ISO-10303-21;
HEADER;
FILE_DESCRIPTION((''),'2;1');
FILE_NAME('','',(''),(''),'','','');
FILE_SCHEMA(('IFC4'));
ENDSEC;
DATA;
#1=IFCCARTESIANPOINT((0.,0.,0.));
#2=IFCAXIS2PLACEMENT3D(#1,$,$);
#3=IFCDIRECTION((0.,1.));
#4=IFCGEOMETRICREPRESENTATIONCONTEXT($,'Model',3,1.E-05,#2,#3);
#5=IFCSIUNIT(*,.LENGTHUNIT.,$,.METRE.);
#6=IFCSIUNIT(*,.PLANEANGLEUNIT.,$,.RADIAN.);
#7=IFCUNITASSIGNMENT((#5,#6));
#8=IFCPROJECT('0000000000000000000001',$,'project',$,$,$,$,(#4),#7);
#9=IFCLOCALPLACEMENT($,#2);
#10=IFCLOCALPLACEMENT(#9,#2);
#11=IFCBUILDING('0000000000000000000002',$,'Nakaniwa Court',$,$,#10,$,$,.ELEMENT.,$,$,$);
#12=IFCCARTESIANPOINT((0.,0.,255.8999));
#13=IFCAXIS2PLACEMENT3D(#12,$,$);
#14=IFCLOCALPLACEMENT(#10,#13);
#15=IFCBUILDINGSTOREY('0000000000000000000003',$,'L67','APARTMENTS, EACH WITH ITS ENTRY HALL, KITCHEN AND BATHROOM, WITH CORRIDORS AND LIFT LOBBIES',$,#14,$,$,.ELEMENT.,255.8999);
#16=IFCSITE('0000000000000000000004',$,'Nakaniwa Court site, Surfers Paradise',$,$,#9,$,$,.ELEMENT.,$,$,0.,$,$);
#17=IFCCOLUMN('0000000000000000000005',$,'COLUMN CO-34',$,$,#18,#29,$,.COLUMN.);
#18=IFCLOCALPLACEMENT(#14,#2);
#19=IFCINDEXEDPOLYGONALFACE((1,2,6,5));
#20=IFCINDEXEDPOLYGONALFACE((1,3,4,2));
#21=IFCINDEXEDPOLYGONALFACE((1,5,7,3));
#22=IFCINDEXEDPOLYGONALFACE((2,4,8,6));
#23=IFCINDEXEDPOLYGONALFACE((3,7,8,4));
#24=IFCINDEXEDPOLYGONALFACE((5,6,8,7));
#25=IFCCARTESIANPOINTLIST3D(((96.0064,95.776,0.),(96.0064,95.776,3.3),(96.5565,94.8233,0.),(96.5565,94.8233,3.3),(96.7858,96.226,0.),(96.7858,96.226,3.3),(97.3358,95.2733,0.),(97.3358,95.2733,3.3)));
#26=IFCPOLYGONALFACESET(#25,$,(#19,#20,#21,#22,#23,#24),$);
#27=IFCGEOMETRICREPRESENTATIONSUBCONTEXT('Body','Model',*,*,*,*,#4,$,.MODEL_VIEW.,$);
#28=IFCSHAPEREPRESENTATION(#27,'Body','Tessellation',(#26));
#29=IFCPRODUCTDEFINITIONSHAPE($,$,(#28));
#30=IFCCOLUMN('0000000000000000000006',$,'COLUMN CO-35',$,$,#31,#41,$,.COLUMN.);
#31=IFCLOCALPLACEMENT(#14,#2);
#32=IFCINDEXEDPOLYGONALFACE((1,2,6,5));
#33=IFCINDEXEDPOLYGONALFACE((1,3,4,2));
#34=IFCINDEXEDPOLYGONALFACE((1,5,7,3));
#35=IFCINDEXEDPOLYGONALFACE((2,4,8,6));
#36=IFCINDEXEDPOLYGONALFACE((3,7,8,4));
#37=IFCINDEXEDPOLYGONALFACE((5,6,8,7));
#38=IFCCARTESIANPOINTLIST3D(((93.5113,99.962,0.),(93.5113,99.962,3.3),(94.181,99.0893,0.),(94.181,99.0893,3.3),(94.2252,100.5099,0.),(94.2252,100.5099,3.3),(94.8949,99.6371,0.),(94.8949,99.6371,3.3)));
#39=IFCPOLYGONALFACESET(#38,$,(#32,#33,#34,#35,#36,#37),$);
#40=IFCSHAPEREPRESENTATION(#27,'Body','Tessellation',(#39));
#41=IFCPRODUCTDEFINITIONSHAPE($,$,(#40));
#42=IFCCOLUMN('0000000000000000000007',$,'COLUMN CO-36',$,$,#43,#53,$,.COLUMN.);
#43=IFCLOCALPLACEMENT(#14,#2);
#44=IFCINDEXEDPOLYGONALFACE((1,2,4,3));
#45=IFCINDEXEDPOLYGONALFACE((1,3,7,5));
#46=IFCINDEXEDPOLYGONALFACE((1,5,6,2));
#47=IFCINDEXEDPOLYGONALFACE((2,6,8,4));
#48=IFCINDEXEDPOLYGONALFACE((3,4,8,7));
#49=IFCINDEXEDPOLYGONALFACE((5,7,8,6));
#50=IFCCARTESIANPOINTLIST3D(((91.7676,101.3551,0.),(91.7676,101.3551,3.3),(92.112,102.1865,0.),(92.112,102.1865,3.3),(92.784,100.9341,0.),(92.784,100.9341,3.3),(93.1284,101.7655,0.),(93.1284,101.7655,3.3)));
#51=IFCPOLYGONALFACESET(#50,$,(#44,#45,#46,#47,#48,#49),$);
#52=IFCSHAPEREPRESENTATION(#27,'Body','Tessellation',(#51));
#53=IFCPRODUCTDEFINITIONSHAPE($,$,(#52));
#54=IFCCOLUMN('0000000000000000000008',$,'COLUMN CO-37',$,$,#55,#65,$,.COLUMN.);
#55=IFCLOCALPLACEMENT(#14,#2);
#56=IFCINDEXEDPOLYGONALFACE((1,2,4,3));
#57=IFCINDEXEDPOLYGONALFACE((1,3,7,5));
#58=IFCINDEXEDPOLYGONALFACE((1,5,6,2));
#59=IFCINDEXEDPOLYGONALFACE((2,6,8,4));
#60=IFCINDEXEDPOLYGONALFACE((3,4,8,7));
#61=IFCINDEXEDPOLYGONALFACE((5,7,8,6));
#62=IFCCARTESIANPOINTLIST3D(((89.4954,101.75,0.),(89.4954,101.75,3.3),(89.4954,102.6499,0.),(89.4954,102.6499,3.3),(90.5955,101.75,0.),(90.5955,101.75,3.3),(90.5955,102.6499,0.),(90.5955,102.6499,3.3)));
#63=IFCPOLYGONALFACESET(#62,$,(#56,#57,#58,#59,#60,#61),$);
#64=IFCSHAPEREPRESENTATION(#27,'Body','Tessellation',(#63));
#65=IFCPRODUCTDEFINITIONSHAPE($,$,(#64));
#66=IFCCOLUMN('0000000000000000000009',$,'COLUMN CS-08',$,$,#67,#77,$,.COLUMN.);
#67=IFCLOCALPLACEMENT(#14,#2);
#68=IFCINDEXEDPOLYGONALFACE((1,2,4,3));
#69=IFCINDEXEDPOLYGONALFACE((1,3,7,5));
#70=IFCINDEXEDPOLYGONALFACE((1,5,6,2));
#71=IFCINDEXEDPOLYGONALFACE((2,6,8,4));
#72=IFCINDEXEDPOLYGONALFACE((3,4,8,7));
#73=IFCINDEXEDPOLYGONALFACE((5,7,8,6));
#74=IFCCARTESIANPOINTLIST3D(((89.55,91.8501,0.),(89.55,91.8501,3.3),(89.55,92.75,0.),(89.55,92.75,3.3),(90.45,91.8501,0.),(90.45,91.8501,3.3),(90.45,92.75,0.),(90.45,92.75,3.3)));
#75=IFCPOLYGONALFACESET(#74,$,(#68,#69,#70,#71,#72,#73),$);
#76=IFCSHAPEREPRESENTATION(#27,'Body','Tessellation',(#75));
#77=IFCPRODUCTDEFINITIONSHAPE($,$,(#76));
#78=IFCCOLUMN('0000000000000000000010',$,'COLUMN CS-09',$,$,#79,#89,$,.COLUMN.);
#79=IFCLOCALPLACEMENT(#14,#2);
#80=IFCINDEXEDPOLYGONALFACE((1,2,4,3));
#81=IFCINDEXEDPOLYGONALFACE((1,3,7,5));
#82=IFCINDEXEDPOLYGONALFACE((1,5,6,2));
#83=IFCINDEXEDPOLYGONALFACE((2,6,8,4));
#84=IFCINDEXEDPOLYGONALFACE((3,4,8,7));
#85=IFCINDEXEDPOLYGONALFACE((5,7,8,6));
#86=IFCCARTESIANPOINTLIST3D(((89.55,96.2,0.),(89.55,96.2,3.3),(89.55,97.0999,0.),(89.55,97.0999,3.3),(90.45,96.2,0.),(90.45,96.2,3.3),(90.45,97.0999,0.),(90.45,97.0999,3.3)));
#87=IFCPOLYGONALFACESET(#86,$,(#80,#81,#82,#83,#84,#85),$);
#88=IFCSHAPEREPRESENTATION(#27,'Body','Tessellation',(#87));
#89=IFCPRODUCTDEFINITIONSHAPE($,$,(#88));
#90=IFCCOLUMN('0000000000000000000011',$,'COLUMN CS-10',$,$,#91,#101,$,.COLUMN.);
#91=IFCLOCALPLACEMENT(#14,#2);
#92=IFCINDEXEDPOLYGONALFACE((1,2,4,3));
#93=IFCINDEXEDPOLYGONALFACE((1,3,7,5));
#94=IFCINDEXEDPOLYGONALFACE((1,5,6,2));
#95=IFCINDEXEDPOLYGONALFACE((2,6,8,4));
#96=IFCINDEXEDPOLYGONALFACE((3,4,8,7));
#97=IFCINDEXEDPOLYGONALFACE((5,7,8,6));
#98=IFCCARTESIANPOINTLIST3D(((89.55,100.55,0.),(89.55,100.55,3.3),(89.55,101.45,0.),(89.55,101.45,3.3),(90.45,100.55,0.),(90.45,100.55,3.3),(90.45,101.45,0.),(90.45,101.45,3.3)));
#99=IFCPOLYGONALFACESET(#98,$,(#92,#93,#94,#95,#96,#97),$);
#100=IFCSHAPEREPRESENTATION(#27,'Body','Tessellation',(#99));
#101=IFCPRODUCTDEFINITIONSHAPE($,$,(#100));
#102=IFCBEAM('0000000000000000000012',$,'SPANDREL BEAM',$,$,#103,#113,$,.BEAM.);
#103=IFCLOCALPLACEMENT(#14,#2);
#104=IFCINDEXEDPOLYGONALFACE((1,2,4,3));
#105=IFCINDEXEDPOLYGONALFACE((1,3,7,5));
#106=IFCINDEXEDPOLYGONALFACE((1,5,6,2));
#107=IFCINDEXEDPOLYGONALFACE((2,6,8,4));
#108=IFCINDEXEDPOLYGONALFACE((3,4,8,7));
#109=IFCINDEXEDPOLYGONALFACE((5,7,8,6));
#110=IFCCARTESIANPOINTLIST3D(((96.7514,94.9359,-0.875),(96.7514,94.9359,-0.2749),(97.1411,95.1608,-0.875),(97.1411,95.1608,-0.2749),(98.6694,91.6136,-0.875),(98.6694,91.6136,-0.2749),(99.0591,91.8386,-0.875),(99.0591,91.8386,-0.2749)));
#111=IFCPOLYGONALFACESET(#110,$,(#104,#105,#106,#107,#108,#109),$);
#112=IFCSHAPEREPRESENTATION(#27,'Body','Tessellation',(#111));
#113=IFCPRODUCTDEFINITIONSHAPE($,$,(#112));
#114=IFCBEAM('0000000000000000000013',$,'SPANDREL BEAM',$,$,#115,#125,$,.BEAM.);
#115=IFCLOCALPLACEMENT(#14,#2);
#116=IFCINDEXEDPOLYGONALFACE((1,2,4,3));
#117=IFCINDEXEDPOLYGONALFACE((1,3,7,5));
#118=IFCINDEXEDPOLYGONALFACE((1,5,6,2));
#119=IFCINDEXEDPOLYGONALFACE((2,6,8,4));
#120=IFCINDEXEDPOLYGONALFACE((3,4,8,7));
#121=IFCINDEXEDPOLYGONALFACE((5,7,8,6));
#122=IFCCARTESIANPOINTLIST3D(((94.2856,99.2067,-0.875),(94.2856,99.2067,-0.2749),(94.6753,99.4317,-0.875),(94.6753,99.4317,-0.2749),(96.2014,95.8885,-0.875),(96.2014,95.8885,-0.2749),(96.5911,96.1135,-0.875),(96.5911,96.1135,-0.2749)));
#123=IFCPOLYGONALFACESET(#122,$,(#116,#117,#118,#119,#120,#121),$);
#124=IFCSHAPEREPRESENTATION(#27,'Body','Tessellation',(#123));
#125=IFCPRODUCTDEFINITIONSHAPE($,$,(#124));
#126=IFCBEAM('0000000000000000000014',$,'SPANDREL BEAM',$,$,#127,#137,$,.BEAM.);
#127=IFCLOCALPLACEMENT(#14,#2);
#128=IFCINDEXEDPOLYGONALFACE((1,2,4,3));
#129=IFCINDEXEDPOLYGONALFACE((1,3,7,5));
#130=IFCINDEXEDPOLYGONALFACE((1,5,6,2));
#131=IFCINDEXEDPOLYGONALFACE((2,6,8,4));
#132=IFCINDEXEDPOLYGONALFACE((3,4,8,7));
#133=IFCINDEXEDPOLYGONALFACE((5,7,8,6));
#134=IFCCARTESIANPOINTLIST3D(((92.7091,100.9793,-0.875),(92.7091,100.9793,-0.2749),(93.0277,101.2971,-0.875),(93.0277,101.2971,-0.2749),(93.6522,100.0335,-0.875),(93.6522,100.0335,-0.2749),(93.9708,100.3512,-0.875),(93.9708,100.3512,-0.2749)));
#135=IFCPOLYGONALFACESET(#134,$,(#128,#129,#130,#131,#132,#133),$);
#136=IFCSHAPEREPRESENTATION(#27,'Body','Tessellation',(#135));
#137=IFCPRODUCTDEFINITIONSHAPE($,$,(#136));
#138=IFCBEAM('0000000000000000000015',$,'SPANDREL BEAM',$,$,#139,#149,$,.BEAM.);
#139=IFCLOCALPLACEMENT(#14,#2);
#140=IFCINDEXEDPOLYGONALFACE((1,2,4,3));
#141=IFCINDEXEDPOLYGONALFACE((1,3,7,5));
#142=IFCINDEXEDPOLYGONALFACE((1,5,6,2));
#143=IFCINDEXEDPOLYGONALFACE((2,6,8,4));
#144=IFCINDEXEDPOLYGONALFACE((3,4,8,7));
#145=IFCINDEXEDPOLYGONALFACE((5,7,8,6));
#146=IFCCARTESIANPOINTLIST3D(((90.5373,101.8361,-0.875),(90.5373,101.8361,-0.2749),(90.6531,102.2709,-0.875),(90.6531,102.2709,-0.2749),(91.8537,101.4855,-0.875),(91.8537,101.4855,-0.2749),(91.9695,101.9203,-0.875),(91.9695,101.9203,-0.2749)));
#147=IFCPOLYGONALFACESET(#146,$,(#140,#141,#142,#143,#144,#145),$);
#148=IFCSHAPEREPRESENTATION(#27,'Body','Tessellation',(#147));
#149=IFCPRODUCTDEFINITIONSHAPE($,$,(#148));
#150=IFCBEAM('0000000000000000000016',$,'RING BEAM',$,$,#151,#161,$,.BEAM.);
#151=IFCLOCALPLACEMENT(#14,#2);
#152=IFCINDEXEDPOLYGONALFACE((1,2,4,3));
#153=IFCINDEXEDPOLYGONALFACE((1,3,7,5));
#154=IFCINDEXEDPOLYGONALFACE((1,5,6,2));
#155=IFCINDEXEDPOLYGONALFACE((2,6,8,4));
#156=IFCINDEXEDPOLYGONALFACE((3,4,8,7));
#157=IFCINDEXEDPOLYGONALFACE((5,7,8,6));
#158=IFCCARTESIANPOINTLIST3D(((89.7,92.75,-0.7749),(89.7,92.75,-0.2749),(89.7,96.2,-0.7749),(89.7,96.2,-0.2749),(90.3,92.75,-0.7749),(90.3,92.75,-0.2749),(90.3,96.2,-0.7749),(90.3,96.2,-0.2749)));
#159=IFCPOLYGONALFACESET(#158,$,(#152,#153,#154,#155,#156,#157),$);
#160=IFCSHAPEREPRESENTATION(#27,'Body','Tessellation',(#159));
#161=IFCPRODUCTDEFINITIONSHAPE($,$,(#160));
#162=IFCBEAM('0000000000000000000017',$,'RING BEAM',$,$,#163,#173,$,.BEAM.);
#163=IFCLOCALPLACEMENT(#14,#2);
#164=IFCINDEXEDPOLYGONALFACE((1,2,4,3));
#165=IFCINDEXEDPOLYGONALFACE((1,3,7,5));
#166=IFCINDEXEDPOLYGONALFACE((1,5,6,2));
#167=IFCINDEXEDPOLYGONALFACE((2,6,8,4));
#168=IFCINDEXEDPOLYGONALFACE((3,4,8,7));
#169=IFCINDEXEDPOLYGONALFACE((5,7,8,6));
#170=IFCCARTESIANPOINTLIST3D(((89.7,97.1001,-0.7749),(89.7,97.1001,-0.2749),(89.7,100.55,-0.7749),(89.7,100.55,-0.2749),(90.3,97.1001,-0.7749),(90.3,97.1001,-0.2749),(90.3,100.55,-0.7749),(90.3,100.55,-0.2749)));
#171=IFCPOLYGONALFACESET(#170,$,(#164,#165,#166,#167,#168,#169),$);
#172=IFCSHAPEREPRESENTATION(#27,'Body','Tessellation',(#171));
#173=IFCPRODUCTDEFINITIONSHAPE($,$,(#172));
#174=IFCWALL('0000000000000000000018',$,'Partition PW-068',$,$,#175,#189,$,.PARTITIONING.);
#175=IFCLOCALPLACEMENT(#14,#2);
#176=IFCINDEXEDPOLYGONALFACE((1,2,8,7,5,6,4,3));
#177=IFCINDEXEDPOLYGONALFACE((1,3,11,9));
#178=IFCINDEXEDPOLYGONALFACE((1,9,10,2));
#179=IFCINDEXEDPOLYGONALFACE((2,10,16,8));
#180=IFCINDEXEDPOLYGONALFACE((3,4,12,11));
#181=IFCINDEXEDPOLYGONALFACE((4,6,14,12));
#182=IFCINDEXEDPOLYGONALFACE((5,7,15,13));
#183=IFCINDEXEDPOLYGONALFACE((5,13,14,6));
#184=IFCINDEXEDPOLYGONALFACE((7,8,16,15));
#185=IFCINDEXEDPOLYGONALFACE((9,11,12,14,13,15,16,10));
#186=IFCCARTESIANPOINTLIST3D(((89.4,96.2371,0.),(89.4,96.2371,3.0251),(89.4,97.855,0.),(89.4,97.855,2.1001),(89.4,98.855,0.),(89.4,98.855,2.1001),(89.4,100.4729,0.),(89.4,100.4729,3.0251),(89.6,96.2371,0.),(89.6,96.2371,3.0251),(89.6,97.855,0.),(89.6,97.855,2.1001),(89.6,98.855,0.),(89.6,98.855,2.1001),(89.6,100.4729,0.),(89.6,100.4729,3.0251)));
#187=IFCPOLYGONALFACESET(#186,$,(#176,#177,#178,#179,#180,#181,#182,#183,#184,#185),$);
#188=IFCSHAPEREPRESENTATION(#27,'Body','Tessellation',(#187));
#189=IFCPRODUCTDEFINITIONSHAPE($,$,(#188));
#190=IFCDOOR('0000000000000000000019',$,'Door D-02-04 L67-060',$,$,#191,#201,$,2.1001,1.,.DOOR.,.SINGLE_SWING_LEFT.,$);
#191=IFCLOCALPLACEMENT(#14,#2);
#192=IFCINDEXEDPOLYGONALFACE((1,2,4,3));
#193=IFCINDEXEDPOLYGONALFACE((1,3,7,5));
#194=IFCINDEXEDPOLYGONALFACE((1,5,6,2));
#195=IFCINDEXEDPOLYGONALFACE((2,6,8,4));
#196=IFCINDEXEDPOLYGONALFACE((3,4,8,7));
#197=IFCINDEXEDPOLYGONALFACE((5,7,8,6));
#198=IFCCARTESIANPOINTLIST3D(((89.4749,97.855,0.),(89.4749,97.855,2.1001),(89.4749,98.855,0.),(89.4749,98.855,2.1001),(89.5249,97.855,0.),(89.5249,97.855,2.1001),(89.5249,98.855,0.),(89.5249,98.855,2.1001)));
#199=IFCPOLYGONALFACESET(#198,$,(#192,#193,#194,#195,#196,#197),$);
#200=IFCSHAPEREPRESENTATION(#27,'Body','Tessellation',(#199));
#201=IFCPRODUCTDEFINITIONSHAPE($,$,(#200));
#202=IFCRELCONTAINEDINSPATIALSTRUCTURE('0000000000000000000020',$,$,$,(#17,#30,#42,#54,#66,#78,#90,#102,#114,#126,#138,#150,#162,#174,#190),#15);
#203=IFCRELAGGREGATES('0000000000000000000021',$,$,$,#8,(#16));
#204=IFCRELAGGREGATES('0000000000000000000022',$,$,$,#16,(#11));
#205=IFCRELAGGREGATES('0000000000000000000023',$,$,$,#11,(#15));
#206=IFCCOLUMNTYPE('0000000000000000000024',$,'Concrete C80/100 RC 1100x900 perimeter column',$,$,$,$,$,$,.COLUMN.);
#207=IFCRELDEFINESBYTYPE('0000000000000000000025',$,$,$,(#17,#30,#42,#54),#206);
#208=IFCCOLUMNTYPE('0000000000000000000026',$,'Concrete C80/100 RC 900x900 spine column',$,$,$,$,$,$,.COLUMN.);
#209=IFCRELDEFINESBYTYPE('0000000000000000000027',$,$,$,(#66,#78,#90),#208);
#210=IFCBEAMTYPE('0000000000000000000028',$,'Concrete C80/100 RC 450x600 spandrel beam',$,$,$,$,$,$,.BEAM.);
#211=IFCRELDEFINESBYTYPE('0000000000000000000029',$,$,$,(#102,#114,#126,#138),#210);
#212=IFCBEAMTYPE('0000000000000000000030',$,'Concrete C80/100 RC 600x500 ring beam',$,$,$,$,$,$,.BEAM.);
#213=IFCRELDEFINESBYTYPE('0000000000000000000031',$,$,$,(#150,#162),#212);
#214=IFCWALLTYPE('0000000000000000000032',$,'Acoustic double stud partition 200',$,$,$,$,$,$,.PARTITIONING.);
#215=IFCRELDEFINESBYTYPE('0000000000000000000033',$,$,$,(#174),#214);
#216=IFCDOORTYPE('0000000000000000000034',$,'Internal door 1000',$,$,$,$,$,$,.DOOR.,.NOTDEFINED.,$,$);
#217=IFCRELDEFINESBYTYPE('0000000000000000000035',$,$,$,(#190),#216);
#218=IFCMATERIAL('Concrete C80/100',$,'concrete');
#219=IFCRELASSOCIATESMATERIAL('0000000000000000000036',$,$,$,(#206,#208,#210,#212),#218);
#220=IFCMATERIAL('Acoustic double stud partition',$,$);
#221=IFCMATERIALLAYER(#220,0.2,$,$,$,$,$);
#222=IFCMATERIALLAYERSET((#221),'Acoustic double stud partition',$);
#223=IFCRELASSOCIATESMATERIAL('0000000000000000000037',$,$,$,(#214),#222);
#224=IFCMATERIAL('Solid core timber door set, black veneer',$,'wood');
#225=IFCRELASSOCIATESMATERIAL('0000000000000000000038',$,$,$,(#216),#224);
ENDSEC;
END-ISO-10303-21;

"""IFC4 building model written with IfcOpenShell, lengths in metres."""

from ifc_helpers import new_model, si_unit, direction, frame, frame_2d, origin, origin_2d, place, context, subcontext, project, spatial, rectangle, extrude, material, layer, layer_set, material_profile, profile_set, type_object, element, fill, save


model = new_model("IFC4")

# Units and contexts
model_context = context("Model", 3, precision=1e-05, world=origin(), true_north=direction((0.0, 1.0)))
body_context = subcontext(model_context, "Body", "Model", "MODEL_VIEW")
ifc_project = project(units=[si_unit("LENGTHUNIT", "METRE"), si_unit("PLANEANGLEUNIT", "RADIAN")], contexts=[model_context])

# Site, building, storey
site_placement = place(None, origin())
site = spatial("IfcSite", under=ifc_project, at=site_placement, Name="Nakaniwa Court site, Surfers Paradise", CompositionType="ELEMENT", RefElevation=0.0)
building_placement = place(site_placement, origin())
building = spatial("IfcBuilding", under=site, at=building_placement, Name="Nakaniwa Court", CompositionType="ELEMENT")
storey_placement = place(building_placement, frame((0.0, 0.0, 255.8999)))
storey = spatial("IfcBuildingStorey", under=building, at=storey_placement, Name="L67", Description="APARTMENTS, EACH WITH ITS ENTRY HALL, KITCHEN AND BATHROOM, WITH CORRIDORS AND LIFT LOBBIES", CompositionType="ELEMENT", Elevation=255.8999)

# Columns
ifc_material_1 = material(Name="Concrete C80/100", Category="concrete")
ifc_material_profile_1 = material_profile(ifc_material_1, rectangle(XDim=1.1001, YDim=0.8999, at=origin_2d()), Name="Concrete C80/100 RC 1100x900 perimeter column")
ifc_profile_set_1 = profile_set([ifc_material_profile_1], Name="Concrete C80/100")
column_type_1 = type_object("IfcColumnType", Name="Concrete C80/100 RC 1100x900 perimeter column", PredefinedType="COLUMN", material=ifc_profile_set_1)
for number, where, z_axis, x_axis, name in (
    (1, (96.6711, 95.5247, 0.0), (0.0, 0.0, 1.0), (-0.5, 0.866025, 0.0), "COLUMN CO-34"),
    (2, (94.2031, 99.7996, 0.0), (0.0, 0.0, 1.0), (-0.608761, 0.793353, 0.0), "COLUMN CO-35"),
    (3, (92.448, 101.5603, 0.0), (0.0, 0.0, 1.0), (-0.92388, 0.382683, 0.0), "COLUMN CO-36"),
    (4, (90.0454, 102.2, 0.0), (0.0, 0.0, 1.0), (-1.0, 0.0, 0.0), "COLUMN CO-37"),
):
    element("IfcColumn", number, at=place(storey_placement, frame(where, z_axis=z_axis, x_axis=x_axis)), inside=storey, type_object=column_type_1, Name=name, PredefinedType="COLUMN", context=body_context, shape_type="SweptSolid", body=[
        extrude(rectangle(XDim=1.1001, YDim=0.8999, at=origin_2d()), origin(), (0.0, 0.0, 1.0), 3.3),
    ])
ifc_material_profile_2 = material_profile(ifc_material_1, rectangle(XDim=0.8999, YDim=0.8999, at=origin_2d()), Name="Concrete C80/100 RC 900x900 spine column")
ifc_profile_set_2 = profile_set([ifc_material_profile_2], Name="Concrete C80/100")
column_type_2 = type_object("IfcColumnType", Name="Concrete C80/100 RC 900x900 spine column", PredefinedType="COLUMN", material=ifc_profile_set_2)
for number, where, z_axis, x_axis, name in (
    (5, (90.0, 92.3, 0.0), (0.0, 0.0, 1.0), (0.0, 1.0, 0.0), "COLUMN CS-08"),
    (6, (90.0, 96.6499, 0.0), (0.0, 0.0, 1.0), (0.0, 1.0, 0.0), "COLUMN CS-09"),
    (7, (90.0, 101.0, 0.0), (0.0, 0.0, 1.0), (0.0, 1.0, 0.0), "COLUMN CS-10"),
):
    element("IfcColumn", number, at=place(storey_placement, frame(where, z_axis=z_axis, x_axis=x_axis)), inside=storey, type_object=column_type_2, Name=name, PredefinedType="COLUMN", context=body_context, shape_type="SweptSolid", body=[
        extrude(rectangle(XDim=0.8999, YDim=0.8999, at=origin_2d()), origin(), (0.0, 0.0, 1.0), 3.3),
    ])

# Beams
ifc_material_profile_3 = material_profile(ifc_material_1, rectangle(XDim=0.45, YDim=0.6001, at=origin_2d()), Name="Concrete C80/100 RC 450x600 spandrel beam")
ifc_profile_set_3 = profile_set([ifc_material_profile_3], Name="Concrete C80/100")
beam_type_1 = type_object("IfcBeamType", Name="Concrete C80/100 RC 450x600 spandrel beam", PredefinedType="BEAM", material=ifc_profile_set_3)
beam_1_placement = place(storey_placement, frame((98.8643, 91.7261, -0.575), z_axis=(-0.499972, 0.866041, 0.0), x_axis=(-0.866041, -0.499972, 0.0)))
element("IfcBeam", 8, at=beam_1_placement, inside=storey, type_object=beam_type_1, Name="SPANDREL BEAM", PredefinedType="BEAM", context=body_context, shape_type="SweptSolid", body=[
    extrude(rectangle(XDim=0.45, YDim=0.6001, at=origin_2d()), origin(), (0.0, 0.0, 1.0), 3.8362),
])
beam_2_placement = place(storey_placement, frame((96.3962, 96.001, -0.575), z_axis=(-0.500011, 0.866019, 0.0), x_axis=(-0.866019, -0.500011, 0.0)))
element("IfcBeam", 9, at=beam_2_placement, inside=storey, type_object=beam_type_1, Name="SPANDREL BEAM", PredefinedType="BEAM", context=body_context, shape_type="SweptSolid", body=[
    extrude(rectangle(XDim=0.45, YDim=0.6001, at=origin_2d()), origin(), (0.0, 0.0, 1.0), 3.8315),
])
beam_3_placement = place(storey_placement, frame((93.8115, 100.1924, -0.575), z_axis=(-0.706101, 0.708111, 0.0), x_axis=(-0.708111, -0.706101, 0.0)))
element("IfcBeam", 10, at=beam_3_placement, inside=storey, type_object=beam_type_1, Name="SPANDREL BEAM", PredefinedType="BEAM", context=body_context, shape_type="SweptSolid", body=[
    extrude(rectangle(XDim=0.45, YDim=0.6001, at=origin_2d()), origin(), (0.0, 0.0, 1.0), 1.3357),
])
beam_4_placement = place(storey_placement, frame((91.9116, 101.7029, -0.575), z_axis=(-0.966318, 0.25735, 0.0), x_axis=(-0.25735, -0.966318, 0.0)))
element("IfcBeam", 11, at=beam_4_placement, inside=storey, type_object=beam_type_1, Name="SPANDREL BEAM", PredefinedType="BEAM", context=body_context, shape_type="SweptSolid", body=[
    extrude(rectangle(XDim=0.45, YDim=0.6001, at=origin_2d()), origin(), (0.0, 0.0, 1.0), 1.3623),
])
ifc_material_profile_4 = material_profile(ifc_material_1, rectangle(XDim=0.6001, YDim=0.5, at=origin_2d()), Name="Concrete C80/100 RC 600x500 ring beam")
ifc_profile_set_4 = profile_set([ifc_material_profile_4], Name="Concrete C80/100")
beam_type_2 = type_object("IfcBeamType", Name="Concrete C80/100 RC 600x500 ring beam", PredefinedType="BEAM", material=ifc_profile_set_4)
for number, where, z_axis, x_axis, name in (
    (12, (90.0, 92.75, -0.5249), (0.0, 1.0, 0.0), (-1.0, 0.0, 0.0), "RING BEAM"),
    (13, (90.0, 97.1001, -0.5249), (0.0, 1.0, 0.0), (-1.0, 0.0, 0.0), "RING BEAM"),
):
    element("IfcBeam", number, at=place(storey_placement, frame(where, z_axis=z_axis, x_axis=x_axis)), inside=storey, type_object=beam_type_2, Name=name, PredefinedType="BEAM", context=body_context, shape_type="SweptSolid", body=[
        extrude(rectangle(XDim=0.6001, YDim=0.5, at=origin_2d()), origin(), (0.0, 0.0, 1.0), 3.45),
    ])

# Wall, opening, door
ifc_material_2 = material(Name="Acoustic double stud partition")
ifc_layer_1 = layer(ifc_material_2, 0.2)
ifc_layer_set_1 = layer_set([ifc_layer_1], Name="Acoustic double stud partition")
wall_type_1 = type_object("IfcWallType", Name="Acoustic double stud partition 200", PredefinedType="PARTITIONING", material=ifc_layer_set_1)
wall_1_placement = place(storey_placement, frame((89.5, 100.4729, 0.0), z_axis=(0.0, 0.0, 1.0), x_axis=(0.0, -1.0, 0.0)))
wall_1 = element("IfcWall", 14, at=wall_1_placement, inside=storey, type_object=wall_type_1, Name="Partition PW-068", PredefinedType="PARTITIONING", context=body_context, shape_type="SweptSolid", body=[
    extrude(rectangle(XDim=4.2358, YDim=0.2, at=frame_2d((2.1179, 0.0))), origin(), (0.0, 0.0, 1.0), 3.0251),
])
opening_1_placement = place(wall_1_placement, frame((1.6179, 0.0, 0.0)))
opening_1 = element("IfcOpeningElement", 15, at=opening_1_placement, cuts=wall_1, PredefinedType="OPENING", context=body_context, shape_type="SweptSolid", body=[
    extrude(rectangle(XDim=1.0, YDim=2.1001, at=frame_2d((0.5, 1.05))), frame((0.0, 0.1099, 0.0), z_axis=(0.0, -1.0, 0.0), x_axis=(1.0, 0.0, 0.0)), (0.0, 0.0, 1.0), 0.22),
])
ifc_material_3 = material(Name="Solid core timber door set, black veneer", Category="wood")
door_type_1 = type_object("IfcDoorType", Name="Internal door 1000", OperationType="NOTDEFINED", PredefinedType="DOOR", material=ifc_material_3)
door_1_placement = place(opening_1_placement, origin())
door_1 = element("IfcDoor", 16, at=door_1_placement, inside=storey, type_object=door_type_1, Name="Door D-02-04 L67-060", OperationType="SINGLE_SWING_LEFT", OverallHeight=2.1001, OverallWidth=1.0, PredefinedType="DOOR", context=body_context, shape_type="SweptSolid", body=[
    extrude(rectangle(XDim=1.0, YDim=2.1001, at=frame_2d((0.5, 1.05))), frame((0.0, 0.0249, 0.0), z_axis=(0.0, -1.0, 0.0), x_axis=(1.0, 0.0, 0.0)), (0.0, 0.0, 1.0), 0.05),
])
fill(opening_1, door_1)

save(model, "model.ifc")
